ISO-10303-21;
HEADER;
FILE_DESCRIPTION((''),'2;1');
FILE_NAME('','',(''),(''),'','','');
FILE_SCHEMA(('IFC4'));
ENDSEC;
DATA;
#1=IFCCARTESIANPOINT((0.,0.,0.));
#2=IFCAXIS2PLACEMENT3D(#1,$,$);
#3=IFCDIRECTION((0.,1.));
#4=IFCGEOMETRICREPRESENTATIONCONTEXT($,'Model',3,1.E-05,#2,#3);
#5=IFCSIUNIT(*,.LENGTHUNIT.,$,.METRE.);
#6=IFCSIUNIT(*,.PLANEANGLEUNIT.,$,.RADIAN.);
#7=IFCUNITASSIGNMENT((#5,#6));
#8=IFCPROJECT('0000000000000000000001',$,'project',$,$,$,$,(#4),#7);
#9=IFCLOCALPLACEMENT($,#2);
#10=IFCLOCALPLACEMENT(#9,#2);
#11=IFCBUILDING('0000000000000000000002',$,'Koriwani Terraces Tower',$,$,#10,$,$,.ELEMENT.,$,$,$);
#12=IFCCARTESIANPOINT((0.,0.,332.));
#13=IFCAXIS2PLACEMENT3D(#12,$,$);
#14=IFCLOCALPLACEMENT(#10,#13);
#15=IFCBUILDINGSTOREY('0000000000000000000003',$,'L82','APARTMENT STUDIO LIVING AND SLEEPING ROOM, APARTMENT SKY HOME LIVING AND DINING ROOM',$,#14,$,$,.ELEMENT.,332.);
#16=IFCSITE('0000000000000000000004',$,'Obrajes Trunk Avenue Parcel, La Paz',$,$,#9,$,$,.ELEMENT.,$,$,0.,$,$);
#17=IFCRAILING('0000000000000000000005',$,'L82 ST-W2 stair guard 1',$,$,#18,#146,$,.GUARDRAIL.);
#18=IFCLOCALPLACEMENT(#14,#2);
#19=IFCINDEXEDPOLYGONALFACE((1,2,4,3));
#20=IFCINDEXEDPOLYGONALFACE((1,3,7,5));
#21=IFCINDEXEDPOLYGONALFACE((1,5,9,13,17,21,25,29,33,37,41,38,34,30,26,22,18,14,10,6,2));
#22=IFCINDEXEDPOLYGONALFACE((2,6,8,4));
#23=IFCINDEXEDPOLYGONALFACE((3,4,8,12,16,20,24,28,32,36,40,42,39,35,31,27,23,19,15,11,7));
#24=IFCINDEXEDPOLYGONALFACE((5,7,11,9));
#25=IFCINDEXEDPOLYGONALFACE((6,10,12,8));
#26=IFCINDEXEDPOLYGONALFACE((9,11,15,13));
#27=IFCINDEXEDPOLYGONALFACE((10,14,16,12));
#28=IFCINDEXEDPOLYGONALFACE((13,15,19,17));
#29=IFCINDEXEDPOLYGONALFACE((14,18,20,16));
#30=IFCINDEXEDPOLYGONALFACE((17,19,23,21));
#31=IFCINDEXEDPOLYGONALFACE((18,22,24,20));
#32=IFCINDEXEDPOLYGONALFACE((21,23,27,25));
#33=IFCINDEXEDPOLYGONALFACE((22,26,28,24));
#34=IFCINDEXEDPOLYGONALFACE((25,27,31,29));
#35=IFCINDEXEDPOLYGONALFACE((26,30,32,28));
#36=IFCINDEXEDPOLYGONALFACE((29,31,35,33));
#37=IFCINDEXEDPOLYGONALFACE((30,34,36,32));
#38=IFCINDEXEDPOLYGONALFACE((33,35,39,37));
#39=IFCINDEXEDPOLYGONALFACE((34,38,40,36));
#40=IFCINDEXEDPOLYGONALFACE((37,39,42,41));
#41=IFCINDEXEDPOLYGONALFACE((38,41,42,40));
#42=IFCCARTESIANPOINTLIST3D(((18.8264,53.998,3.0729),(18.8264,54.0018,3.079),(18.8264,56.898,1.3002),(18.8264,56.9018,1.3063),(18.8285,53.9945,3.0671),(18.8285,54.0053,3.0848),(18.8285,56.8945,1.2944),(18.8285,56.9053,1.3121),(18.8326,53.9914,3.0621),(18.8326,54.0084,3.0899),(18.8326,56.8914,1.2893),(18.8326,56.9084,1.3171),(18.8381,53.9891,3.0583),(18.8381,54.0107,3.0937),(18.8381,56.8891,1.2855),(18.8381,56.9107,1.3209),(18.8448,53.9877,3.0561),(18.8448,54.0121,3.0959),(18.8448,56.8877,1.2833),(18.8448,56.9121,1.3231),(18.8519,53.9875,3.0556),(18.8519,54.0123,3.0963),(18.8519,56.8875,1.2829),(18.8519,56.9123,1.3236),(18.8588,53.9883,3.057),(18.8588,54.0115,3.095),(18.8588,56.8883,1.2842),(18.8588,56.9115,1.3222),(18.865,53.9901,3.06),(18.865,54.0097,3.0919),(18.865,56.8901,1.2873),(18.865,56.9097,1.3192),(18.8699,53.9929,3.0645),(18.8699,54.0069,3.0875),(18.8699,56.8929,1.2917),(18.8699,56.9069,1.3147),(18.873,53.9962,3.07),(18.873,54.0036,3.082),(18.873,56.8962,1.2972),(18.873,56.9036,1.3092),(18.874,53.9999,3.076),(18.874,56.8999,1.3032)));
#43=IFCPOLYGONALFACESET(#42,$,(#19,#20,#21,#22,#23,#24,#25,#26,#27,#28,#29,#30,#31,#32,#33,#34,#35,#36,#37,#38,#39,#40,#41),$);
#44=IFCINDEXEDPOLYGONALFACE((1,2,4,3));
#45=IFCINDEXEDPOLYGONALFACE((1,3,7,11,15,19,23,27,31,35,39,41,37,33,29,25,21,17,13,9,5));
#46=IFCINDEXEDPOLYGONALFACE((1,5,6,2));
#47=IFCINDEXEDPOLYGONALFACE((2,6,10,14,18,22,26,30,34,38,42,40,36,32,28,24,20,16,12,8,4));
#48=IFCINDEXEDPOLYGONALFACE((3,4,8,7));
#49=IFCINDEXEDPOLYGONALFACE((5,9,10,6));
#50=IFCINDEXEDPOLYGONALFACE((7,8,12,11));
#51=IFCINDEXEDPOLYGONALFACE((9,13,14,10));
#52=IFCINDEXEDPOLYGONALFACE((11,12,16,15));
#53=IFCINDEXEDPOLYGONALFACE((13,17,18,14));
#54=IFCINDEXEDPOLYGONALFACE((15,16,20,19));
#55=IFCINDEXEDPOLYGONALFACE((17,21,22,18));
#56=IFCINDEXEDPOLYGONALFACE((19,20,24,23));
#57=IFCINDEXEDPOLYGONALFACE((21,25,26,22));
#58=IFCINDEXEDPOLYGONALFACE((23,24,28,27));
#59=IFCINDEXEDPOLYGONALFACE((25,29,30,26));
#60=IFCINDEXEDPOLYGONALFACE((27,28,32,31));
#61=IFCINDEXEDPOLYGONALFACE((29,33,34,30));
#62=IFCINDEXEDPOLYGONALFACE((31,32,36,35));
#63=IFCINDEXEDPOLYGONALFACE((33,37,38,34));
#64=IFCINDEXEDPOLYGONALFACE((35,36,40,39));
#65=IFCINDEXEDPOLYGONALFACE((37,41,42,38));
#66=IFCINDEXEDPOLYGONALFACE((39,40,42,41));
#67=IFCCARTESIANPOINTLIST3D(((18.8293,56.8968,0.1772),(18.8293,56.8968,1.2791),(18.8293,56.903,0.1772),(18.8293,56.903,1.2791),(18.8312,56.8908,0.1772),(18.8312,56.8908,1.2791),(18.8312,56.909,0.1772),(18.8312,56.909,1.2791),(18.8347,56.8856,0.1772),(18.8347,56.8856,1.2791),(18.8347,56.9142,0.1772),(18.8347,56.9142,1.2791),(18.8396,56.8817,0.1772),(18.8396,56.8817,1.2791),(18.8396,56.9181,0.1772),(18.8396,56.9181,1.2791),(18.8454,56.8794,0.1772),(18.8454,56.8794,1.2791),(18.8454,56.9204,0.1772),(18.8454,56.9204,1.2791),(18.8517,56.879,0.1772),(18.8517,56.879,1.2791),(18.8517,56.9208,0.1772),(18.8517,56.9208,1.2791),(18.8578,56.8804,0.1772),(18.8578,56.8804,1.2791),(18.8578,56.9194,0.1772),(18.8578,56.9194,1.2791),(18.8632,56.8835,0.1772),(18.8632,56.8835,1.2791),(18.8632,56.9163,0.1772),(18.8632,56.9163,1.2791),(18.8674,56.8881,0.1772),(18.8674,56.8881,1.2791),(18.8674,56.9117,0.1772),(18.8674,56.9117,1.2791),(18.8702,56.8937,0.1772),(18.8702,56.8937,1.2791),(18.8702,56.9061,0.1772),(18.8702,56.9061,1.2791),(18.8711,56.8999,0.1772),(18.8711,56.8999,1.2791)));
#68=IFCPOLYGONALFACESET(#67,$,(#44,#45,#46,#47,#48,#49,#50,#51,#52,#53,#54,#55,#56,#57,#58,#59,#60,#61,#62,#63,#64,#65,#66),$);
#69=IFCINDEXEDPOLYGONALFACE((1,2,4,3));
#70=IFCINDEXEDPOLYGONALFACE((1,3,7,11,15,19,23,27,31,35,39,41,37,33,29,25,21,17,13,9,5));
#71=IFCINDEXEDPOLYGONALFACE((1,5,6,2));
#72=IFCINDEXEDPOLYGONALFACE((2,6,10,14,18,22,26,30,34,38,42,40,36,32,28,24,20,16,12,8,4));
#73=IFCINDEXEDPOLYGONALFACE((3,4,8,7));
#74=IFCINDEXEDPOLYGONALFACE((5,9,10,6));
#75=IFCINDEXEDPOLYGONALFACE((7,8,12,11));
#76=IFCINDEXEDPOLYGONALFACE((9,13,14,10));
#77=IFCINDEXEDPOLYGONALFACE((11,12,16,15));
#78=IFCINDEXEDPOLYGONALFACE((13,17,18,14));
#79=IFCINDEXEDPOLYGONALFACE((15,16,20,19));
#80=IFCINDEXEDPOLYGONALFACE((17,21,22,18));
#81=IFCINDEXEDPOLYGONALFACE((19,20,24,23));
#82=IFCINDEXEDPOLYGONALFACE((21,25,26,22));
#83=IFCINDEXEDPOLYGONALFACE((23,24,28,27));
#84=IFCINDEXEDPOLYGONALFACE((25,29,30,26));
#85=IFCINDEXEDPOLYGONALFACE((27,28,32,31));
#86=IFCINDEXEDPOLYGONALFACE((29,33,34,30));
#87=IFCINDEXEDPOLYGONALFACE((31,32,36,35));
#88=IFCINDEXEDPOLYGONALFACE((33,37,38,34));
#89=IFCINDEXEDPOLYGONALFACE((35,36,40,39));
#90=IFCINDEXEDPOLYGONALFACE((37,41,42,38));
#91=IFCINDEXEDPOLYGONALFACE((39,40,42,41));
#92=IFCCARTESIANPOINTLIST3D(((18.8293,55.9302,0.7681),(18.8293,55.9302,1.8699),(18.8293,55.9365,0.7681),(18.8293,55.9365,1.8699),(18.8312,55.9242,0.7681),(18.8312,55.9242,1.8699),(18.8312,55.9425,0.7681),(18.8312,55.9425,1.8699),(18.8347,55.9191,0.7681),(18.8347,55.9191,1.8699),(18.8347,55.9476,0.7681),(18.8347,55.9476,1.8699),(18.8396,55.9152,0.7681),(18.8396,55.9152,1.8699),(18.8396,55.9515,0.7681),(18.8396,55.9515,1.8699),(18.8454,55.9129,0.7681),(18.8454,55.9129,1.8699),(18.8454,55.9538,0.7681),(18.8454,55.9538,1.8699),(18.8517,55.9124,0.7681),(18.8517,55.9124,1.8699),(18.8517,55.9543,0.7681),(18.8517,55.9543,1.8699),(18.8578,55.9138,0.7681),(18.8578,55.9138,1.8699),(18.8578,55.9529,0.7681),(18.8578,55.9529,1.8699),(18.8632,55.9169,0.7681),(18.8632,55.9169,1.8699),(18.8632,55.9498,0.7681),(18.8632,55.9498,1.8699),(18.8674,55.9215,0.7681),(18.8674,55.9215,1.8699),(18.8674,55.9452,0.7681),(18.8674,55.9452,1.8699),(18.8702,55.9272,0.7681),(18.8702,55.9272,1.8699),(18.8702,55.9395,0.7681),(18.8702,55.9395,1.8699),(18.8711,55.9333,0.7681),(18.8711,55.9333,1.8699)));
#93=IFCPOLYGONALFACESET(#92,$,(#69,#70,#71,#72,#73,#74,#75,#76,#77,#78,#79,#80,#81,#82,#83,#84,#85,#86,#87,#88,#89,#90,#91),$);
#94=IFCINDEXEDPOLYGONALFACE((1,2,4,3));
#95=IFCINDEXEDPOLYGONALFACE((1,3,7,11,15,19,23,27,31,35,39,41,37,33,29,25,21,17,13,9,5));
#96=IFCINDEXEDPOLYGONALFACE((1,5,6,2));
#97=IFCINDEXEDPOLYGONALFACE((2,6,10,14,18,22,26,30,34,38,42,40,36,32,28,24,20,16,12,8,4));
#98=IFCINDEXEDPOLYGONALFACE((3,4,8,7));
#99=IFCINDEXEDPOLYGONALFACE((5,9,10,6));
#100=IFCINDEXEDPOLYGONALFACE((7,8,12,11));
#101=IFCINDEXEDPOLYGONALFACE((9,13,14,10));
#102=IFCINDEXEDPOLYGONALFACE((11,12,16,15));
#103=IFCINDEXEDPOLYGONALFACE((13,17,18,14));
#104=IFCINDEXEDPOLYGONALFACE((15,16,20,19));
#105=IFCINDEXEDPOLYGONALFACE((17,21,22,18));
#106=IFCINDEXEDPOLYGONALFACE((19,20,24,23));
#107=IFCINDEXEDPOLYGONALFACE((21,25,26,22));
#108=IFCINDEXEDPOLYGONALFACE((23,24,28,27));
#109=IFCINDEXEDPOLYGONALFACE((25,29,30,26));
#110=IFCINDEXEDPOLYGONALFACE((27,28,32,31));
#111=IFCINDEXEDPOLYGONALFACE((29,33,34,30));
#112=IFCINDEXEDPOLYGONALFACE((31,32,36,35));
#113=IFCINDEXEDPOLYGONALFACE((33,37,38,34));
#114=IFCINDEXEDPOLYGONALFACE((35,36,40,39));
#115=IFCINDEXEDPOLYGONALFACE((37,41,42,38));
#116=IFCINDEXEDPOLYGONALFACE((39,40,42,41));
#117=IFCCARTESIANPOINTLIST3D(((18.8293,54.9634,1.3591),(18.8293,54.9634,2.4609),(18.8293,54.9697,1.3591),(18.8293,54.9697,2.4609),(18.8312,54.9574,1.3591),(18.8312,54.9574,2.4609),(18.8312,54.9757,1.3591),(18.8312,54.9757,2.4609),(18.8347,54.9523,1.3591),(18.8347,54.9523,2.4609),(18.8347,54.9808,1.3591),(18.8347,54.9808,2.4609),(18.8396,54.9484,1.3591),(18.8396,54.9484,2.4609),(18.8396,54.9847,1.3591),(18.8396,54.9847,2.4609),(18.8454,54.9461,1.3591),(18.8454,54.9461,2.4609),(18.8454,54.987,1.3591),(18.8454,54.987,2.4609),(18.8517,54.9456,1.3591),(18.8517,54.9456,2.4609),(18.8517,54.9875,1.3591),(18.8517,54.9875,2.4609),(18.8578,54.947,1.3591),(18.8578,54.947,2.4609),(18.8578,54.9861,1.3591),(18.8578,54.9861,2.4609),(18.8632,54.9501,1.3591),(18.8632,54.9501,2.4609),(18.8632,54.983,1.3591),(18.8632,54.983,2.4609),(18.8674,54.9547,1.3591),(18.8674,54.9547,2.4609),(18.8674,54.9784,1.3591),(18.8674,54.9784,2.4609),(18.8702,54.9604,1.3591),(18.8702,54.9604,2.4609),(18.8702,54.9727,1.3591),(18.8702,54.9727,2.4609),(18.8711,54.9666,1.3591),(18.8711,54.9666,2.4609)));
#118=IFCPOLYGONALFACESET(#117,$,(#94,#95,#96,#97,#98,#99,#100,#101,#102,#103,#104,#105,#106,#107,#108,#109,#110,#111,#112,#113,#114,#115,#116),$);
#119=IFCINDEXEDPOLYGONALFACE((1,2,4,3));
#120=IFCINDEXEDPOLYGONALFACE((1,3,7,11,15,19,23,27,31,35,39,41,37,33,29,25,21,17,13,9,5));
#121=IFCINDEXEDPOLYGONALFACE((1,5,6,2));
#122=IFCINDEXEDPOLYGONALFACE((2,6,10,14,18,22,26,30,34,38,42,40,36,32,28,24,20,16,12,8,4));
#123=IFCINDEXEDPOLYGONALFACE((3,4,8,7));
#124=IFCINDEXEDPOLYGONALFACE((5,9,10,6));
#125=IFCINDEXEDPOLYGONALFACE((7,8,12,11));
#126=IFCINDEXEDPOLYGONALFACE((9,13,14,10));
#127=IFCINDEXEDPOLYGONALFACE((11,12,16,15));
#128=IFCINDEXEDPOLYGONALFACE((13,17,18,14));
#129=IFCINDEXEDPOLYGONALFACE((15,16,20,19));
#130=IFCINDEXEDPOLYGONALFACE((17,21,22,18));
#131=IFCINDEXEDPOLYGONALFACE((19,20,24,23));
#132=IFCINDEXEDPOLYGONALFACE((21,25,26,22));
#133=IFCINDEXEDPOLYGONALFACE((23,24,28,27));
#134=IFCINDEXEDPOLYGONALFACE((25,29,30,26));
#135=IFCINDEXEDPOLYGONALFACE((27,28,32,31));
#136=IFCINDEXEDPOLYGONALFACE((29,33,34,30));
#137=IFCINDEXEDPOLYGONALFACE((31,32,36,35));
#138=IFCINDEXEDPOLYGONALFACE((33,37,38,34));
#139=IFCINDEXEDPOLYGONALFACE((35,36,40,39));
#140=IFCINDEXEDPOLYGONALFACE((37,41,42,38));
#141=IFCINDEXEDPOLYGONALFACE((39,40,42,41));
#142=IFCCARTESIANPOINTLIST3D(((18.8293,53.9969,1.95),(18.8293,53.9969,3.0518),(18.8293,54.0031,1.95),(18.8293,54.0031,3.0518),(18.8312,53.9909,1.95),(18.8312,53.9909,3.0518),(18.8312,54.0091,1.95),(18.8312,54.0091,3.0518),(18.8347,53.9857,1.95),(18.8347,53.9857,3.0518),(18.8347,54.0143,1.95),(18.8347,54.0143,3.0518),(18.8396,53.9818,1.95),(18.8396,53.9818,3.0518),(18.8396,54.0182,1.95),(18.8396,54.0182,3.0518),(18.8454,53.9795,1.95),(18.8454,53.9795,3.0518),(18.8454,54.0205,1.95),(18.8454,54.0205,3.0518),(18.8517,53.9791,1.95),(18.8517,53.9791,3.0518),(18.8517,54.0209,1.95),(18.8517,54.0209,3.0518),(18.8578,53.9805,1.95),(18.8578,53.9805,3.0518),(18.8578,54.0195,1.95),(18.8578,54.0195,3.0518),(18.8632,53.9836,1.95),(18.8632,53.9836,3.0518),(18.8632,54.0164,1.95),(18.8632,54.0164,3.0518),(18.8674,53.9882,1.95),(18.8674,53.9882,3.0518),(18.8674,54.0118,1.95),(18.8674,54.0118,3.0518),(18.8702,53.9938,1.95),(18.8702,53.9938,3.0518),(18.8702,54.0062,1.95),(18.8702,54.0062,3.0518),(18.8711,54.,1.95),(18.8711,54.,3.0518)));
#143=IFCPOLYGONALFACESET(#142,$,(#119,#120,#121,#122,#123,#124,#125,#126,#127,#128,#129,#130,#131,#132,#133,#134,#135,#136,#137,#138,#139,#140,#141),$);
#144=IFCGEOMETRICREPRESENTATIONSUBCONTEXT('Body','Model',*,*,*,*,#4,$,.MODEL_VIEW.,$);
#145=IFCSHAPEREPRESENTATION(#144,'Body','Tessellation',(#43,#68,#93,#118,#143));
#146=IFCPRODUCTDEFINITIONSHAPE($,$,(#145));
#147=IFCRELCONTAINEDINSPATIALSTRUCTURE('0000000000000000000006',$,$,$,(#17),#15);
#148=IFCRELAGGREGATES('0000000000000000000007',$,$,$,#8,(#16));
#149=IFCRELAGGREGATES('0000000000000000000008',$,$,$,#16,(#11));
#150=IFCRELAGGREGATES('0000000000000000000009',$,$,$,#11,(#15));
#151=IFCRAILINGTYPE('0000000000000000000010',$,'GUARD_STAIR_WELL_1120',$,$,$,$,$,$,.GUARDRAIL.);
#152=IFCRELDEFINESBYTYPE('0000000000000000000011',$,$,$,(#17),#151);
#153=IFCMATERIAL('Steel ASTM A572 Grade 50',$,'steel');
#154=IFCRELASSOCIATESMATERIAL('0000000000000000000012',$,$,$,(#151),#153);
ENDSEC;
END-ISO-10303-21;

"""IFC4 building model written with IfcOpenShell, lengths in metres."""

from ifc_helpers import new_model, si_unit, direction, frame, origin, origin_2d, place, context, subcontext, project, spatial, circle, extrude, material, type_object, element, save


model = new_model("IFC4")

# Units and contexts
model_context = context("Model", 3, precision=1e-05, world=origin(), true_north=direction((0.0, 1.0)))
body_context = subcontext(model_context, "Body", "Model", "MODEL_VIEW")
ifc_project = project(units=[si_unit("LENGTHUNIT", "METRE"), si_unit("PLANEANGLEUNIT", "RADIAN")], contexts=[model_context])

# Site, building, storey
site_placement = place(None, origin())
site = spatial("IfcSite", under=ifc_project, at=site_placement, Name="Obrajes Trunk Avenue Parcel, La Paz", CompositionType="ELEMENT", RefElevation=0.0)
building_placement = place(site_placement, origin())
building = spatial("IfcBuilding", under=site, at=building_placement, Name="Koriwani Terraces Tower", CompositionType="ELEMENT")
storey_placement = place(building_placement, frame((0.0, 0.0, 332.0)))
storey = spatial("IfcBuildingStorey", under=building, at=storey_placement, Name="L82", Description="APARTMENT STUDIO LIVING AND SLEEPING ROOM, APARTMENT SKY HOME LIVING AND DINING ROOM", CompositionType="ELEMENT", Elevation=332.0)

# Shared definitions
ifc_material_1 = material(Name="Steel ASTM A572 Grade 50", Category="steel")

# Railing
railing_type_1 = type_object("IfcRailingType", Name="GUARD_STAIR_WELL_1120", PredefinedType="GUARDRAIL", material=ifc_material_1)
railing_1_placement = place(storey_placement, frame((18.8501, 56.8999, 0.1772)))
element("IfcRailing", 1, at=railing_1_placement, inside=storey, type_object=railing_type_1, Name="L82 ST-W2 stair guard 1", PredefinedType="GUARDRAIL", context=body_context, shape_type="SweptSolid", body=[
    extrude(circle(Radius=0.0239, at=origin_2d()), frame((0.0, 0.0, 1.126), z_axis=(0.0, -0.853211, 0.521566), x_axis=(1.0, 0.0, 0.0)), (0.0, 0.0, 1.0), 3.3989),
    extrude(circle(Radius=0.021, at=origin_2d()), origin(), (0.0, 0.0, 1.0), 1.1018),
    extrude(circle(Radius=0.021, at=origin_2d()), frame((0.0, -0.9666, 0.5908)), (0.0, 0.0, 1.0), 1.1018),
    extrude(circle(Radius=0.021, at=origin_2d()), frame((0.0, -1.9333, 1.1819)), (0.0, 0.0, 1.0), 1.1018),
    extrude(circle(Radius=0.021, at=origin_2d()), frame((0.0, -2.8999, 1.7727)), (0.0, 0.0, 1.0), 1.1018),
])

save(model, "model.ifc")
